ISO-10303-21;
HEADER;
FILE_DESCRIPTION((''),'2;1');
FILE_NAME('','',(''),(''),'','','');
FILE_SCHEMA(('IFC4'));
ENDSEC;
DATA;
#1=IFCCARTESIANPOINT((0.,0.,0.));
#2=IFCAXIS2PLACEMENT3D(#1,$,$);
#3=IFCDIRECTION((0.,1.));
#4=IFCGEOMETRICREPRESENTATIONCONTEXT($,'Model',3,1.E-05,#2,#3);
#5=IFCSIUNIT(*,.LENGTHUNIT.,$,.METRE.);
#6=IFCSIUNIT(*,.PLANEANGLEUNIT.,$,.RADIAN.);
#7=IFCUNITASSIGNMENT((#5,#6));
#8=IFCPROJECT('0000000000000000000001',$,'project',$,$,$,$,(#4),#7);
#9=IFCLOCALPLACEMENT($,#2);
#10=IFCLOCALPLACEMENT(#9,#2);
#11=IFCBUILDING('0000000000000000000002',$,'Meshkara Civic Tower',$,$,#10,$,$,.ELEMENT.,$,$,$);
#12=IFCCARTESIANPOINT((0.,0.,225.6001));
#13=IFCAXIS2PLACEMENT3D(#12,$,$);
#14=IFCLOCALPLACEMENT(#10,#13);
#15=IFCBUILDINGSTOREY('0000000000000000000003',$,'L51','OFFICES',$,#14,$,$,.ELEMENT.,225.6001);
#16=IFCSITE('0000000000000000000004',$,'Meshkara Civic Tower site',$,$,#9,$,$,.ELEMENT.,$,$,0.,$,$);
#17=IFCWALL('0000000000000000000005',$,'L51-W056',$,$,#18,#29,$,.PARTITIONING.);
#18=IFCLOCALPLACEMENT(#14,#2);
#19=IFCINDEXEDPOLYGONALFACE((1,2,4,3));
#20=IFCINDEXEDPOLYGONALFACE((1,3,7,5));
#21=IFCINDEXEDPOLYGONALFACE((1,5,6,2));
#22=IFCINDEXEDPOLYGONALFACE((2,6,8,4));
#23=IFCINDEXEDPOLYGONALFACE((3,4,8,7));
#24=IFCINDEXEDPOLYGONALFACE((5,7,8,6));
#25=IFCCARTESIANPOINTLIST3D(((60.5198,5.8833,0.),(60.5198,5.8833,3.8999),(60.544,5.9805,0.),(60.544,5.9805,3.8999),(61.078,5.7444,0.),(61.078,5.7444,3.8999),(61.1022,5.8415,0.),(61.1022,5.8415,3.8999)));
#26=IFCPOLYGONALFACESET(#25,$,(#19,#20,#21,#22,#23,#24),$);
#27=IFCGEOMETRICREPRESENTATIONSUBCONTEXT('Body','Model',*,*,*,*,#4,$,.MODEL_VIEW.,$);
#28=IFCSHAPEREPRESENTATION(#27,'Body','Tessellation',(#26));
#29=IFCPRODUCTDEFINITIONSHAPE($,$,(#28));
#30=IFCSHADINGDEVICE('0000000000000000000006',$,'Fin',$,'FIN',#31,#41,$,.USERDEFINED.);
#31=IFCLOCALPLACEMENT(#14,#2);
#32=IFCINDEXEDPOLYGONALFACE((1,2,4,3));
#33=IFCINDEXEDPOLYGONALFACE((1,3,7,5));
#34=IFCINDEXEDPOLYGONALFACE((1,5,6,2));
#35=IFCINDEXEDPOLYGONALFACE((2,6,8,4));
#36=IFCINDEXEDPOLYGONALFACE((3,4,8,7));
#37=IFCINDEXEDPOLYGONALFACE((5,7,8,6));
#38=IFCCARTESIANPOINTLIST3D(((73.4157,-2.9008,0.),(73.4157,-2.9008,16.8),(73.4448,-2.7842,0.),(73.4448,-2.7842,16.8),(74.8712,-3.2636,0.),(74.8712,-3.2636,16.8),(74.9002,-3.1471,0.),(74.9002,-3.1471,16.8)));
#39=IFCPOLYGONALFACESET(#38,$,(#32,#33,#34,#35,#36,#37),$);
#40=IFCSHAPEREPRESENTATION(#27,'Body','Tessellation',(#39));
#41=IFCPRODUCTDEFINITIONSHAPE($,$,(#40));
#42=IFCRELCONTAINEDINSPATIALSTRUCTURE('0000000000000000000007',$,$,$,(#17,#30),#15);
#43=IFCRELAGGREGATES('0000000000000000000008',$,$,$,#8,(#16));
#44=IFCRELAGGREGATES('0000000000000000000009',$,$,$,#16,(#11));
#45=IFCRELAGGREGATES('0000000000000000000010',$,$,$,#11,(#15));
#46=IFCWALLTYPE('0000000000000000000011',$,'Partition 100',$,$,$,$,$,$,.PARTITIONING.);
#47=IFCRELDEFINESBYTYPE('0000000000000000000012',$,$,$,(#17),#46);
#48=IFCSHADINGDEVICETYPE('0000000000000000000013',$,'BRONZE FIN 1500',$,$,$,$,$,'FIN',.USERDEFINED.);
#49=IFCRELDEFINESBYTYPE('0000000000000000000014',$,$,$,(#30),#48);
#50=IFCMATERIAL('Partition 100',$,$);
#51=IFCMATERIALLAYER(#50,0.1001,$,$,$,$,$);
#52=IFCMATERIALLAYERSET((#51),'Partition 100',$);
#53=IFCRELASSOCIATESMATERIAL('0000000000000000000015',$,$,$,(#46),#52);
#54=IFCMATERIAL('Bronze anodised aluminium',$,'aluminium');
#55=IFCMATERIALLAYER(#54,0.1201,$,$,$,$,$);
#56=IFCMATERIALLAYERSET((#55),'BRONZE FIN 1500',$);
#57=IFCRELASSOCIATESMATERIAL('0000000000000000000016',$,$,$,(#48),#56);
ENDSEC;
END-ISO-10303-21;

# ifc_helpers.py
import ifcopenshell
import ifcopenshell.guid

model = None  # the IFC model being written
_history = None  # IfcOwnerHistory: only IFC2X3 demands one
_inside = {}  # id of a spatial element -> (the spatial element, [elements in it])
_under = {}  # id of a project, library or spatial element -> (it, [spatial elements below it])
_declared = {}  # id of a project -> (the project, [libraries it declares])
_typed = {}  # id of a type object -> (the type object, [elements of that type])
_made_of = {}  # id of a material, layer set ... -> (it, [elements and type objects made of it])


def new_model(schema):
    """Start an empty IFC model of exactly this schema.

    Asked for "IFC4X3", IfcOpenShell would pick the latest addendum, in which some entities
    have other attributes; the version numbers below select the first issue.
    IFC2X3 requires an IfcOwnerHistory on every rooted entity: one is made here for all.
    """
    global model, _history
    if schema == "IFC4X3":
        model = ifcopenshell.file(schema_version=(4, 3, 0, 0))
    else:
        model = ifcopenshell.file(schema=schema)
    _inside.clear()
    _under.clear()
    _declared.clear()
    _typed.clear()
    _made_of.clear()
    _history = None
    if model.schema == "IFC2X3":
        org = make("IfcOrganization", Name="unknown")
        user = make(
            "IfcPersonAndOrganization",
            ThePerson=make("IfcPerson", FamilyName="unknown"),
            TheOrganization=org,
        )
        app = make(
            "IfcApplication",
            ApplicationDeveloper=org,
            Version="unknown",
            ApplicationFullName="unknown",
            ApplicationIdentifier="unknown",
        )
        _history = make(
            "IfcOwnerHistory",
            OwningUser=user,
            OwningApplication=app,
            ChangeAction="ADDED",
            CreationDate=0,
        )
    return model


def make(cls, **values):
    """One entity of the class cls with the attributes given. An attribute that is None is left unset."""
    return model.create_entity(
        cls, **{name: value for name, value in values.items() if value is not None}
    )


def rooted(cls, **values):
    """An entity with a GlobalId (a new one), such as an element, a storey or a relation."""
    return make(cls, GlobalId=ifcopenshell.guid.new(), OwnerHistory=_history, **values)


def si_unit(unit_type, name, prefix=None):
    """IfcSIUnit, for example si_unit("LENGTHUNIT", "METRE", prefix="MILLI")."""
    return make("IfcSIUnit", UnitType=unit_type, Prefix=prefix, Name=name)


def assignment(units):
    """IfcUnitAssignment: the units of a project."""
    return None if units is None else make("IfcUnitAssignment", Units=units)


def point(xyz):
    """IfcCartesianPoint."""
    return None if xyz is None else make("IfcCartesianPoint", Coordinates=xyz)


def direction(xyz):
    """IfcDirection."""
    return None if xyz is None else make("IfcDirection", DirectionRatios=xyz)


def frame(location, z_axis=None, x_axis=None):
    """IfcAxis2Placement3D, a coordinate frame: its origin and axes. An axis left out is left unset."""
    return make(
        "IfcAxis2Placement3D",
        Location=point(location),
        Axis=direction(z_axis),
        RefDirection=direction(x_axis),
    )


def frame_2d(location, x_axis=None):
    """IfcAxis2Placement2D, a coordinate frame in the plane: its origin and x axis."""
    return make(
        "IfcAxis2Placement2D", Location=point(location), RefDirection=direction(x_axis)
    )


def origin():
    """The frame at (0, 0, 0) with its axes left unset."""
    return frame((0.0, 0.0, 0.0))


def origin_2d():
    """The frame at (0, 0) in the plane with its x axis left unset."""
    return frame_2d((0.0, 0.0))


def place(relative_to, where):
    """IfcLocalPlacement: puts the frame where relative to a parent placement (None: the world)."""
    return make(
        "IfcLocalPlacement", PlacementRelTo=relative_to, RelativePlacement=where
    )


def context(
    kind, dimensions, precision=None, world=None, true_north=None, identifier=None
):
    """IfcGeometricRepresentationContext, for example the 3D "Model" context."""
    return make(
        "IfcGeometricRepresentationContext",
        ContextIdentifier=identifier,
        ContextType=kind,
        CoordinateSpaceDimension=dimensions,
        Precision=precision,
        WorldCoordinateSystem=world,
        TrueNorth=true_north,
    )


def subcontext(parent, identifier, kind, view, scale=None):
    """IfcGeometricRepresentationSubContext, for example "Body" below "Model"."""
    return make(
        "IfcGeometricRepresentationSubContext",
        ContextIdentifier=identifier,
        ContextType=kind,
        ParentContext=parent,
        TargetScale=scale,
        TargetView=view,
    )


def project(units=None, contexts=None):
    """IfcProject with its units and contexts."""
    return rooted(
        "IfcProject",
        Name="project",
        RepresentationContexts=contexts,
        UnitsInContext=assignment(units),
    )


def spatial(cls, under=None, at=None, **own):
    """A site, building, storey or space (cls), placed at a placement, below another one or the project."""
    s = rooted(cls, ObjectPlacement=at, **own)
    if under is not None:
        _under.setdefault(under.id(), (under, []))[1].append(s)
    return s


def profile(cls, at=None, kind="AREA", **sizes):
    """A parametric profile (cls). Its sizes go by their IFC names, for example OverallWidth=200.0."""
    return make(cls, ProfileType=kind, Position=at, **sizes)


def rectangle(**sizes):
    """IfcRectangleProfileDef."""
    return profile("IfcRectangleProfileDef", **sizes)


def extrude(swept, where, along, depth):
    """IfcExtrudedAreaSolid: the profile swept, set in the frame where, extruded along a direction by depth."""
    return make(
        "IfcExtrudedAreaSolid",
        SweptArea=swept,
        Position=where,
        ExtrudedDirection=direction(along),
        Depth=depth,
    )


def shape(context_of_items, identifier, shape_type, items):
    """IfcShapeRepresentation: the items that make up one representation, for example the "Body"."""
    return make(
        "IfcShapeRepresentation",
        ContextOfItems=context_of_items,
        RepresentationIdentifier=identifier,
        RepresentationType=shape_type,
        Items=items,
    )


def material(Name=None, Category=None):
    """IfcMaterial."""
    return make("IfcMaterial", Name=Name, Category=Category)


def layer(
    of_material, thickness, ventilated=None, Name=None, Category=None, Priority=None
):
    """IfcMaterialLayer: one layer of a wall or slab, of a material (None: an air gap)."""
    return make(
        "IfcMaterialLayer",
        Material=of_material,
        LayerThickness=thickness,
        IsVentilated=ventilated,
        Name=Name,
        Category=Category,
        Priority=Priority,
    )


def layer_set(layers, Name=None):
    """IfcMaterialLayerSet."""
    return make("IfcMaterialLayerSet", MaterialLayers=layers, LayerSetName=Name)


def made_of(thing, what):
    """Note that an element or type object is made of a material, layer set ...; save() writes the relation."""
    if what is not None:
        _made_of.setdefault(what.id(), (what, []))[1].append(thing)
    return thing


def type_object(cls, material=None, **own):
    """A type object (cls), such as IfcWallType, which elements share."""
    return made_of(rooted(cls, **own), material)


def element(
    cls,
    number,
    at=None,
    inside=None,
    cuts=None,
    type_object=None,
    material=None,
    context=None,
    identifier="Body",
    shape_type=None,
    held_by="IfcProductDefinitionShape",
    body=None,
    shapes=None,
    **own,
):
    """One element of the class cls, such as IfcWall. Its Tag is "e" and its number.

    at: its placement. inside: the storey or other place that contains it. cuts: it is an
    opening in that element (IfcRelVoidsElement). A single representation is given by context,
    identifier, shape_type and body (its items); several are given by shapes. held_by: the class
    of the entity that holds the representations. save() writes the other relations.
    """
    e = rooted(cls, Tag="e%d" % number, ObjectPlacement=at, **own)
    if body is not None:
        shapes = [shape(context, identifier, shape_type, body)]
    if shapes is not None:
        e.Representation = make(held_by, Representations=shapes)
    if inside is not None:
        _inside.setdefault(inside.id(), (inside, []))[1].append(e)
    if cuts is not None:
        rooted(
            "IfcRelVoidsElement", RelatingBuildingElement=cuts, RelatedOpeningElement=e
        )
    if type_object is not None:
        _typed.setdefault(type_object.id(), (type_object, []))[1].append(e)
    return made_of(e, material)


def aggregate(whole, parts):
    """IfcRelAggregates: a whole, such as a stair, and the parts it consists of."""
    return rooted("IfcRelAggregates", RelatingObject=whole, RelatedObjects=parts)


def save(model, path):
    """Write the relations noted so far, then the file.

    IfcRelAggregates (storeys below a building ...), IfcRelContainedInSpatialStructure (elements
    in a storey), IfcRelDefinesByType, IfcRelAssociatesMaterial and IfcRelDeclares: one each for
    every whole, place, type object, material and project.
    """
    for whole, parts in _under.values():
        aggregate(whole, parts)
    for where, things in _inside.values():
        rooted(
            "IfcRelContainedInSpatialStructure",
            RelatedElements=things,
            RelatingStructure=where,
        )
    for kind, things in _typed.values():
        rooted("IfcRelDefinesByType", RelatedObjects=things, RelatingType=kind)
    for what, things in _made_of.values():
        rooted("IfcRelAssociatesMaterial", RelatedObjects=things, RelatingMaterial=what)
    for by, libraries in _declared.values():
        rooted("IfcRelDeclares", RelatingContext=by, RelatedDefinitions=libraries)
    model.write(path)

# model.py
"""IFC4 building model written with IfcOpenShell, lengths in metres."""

from ifc_helpers import new_model, si_unit, direction, frame, frame_2d, origin, origin_2d, place, context, subcontext, project, spatial, rectangle, extrude, material, layer, layer_set, type_object, element, save


model = new_model("IFC4")

# Units and contexts
model_context = context("Model", 3, precision=1e-05, world=origin(), true_north=direction((0.0, 1.0)))
body_context = subcontext(model_context, "Body", "Model", "MODEL_VIEW")
ifc_project = project(units=[si_unit("LENGTHUNIT", "METRE"), si_unit("PLANEANGLEUNIT", "RADIAN")], contexts=[model_context])

# Site, building, storey
site_placement = place(None, origin())
site = spatial("IfcSite", under=ifc_project, at=site_placement, Name="Meshkara Civic Tower site", CompositionType="ELEMENT", RefElevation=0.0)
building_placement = place(site_placement, origin())
building = spatial("IfcBuilding", under=site, at=building_placement, Name="Meshkara Civic Tower", CompositionType="ELEMENT")
storey_placement = place(building_placement, frame((0.0, 0.0, 225.6001)))
storey = spatial("IfcBuildingStorey", under=building, at=storey_placement, Name="L51", Description="OFFICES", CompositionType="ELEMENT", Elevation=225.6001)

# Wall
ifc_material_1 = material(Name="Partition 100")
ifc_layer_1 = layer(ifc_material_1, 0.1001)
ifc_layer_set_1 = layer_set([ifc_layer_1], Name="Partition 100")
wall_type_1 = type_object("IfcWallType", Name="Partition 100", PredefinedType="PARTITIONING", material=ifc_layer_set_1)
wall_1_placement = place(storey_placement, frame((61.0901, 5.793, 0.0), z_axis=(0.0, 0.0, 1.0), x_axis=(-0.970392, 0.241537, 0.0)))
element("IfcWall", 1, at=wall_1_placement, inside=storey, type_object=wall_type_1, Name="L51-W056", PredefinedType="PARTITIONING", context=body_context, shape_type="SweptSolid", body=[
    extrude(rectangle(XDim=0.5752, YDim=0.1001, at=frame_2d((0.2876, 0.0))), origin(), (0.0, 0.0, 1.0), 3.8999),
])

# Shading device
ifc_material_2 = material(Name="Bronze anodised aluminium", Category="aluminium")
ifc_layer_2 = layer(ifc_material_2, 0.1201)
ifc_layer_set_2 = layer_set([ifc_layer_2], Name="BRONZE FIN 1500")
shading_device_type = type_object("IfcShadingDeviceType", Name="BRONZE FIN 1500", ElementType="FIN", PredefinedType="USERDEFINED", material=ifc_layer_set_2)
shading_device_placement = place(storey_placement, frame((74.158, -3.0239, 0.0), z_axis=(0.0, 0.0, 1.0), x_axis=(0.241922, 0.970296, 0.0)))
element("IfcShadingDevice", 2, at=shading_device_placement, inside=storey, type_object=shading_device_type, Name="Fin", ObjectType="FIN", PredefinedType="USERDEFINED", context=body_context, shape_type="SweptSolid", body=[
    extrude(rectangle(XDim=0.1201, YDim=1.5, at=origin_2d()), origin(), (0.0, 0.0, 1.0), 16.8),
])

save(model, "model.ifc")
